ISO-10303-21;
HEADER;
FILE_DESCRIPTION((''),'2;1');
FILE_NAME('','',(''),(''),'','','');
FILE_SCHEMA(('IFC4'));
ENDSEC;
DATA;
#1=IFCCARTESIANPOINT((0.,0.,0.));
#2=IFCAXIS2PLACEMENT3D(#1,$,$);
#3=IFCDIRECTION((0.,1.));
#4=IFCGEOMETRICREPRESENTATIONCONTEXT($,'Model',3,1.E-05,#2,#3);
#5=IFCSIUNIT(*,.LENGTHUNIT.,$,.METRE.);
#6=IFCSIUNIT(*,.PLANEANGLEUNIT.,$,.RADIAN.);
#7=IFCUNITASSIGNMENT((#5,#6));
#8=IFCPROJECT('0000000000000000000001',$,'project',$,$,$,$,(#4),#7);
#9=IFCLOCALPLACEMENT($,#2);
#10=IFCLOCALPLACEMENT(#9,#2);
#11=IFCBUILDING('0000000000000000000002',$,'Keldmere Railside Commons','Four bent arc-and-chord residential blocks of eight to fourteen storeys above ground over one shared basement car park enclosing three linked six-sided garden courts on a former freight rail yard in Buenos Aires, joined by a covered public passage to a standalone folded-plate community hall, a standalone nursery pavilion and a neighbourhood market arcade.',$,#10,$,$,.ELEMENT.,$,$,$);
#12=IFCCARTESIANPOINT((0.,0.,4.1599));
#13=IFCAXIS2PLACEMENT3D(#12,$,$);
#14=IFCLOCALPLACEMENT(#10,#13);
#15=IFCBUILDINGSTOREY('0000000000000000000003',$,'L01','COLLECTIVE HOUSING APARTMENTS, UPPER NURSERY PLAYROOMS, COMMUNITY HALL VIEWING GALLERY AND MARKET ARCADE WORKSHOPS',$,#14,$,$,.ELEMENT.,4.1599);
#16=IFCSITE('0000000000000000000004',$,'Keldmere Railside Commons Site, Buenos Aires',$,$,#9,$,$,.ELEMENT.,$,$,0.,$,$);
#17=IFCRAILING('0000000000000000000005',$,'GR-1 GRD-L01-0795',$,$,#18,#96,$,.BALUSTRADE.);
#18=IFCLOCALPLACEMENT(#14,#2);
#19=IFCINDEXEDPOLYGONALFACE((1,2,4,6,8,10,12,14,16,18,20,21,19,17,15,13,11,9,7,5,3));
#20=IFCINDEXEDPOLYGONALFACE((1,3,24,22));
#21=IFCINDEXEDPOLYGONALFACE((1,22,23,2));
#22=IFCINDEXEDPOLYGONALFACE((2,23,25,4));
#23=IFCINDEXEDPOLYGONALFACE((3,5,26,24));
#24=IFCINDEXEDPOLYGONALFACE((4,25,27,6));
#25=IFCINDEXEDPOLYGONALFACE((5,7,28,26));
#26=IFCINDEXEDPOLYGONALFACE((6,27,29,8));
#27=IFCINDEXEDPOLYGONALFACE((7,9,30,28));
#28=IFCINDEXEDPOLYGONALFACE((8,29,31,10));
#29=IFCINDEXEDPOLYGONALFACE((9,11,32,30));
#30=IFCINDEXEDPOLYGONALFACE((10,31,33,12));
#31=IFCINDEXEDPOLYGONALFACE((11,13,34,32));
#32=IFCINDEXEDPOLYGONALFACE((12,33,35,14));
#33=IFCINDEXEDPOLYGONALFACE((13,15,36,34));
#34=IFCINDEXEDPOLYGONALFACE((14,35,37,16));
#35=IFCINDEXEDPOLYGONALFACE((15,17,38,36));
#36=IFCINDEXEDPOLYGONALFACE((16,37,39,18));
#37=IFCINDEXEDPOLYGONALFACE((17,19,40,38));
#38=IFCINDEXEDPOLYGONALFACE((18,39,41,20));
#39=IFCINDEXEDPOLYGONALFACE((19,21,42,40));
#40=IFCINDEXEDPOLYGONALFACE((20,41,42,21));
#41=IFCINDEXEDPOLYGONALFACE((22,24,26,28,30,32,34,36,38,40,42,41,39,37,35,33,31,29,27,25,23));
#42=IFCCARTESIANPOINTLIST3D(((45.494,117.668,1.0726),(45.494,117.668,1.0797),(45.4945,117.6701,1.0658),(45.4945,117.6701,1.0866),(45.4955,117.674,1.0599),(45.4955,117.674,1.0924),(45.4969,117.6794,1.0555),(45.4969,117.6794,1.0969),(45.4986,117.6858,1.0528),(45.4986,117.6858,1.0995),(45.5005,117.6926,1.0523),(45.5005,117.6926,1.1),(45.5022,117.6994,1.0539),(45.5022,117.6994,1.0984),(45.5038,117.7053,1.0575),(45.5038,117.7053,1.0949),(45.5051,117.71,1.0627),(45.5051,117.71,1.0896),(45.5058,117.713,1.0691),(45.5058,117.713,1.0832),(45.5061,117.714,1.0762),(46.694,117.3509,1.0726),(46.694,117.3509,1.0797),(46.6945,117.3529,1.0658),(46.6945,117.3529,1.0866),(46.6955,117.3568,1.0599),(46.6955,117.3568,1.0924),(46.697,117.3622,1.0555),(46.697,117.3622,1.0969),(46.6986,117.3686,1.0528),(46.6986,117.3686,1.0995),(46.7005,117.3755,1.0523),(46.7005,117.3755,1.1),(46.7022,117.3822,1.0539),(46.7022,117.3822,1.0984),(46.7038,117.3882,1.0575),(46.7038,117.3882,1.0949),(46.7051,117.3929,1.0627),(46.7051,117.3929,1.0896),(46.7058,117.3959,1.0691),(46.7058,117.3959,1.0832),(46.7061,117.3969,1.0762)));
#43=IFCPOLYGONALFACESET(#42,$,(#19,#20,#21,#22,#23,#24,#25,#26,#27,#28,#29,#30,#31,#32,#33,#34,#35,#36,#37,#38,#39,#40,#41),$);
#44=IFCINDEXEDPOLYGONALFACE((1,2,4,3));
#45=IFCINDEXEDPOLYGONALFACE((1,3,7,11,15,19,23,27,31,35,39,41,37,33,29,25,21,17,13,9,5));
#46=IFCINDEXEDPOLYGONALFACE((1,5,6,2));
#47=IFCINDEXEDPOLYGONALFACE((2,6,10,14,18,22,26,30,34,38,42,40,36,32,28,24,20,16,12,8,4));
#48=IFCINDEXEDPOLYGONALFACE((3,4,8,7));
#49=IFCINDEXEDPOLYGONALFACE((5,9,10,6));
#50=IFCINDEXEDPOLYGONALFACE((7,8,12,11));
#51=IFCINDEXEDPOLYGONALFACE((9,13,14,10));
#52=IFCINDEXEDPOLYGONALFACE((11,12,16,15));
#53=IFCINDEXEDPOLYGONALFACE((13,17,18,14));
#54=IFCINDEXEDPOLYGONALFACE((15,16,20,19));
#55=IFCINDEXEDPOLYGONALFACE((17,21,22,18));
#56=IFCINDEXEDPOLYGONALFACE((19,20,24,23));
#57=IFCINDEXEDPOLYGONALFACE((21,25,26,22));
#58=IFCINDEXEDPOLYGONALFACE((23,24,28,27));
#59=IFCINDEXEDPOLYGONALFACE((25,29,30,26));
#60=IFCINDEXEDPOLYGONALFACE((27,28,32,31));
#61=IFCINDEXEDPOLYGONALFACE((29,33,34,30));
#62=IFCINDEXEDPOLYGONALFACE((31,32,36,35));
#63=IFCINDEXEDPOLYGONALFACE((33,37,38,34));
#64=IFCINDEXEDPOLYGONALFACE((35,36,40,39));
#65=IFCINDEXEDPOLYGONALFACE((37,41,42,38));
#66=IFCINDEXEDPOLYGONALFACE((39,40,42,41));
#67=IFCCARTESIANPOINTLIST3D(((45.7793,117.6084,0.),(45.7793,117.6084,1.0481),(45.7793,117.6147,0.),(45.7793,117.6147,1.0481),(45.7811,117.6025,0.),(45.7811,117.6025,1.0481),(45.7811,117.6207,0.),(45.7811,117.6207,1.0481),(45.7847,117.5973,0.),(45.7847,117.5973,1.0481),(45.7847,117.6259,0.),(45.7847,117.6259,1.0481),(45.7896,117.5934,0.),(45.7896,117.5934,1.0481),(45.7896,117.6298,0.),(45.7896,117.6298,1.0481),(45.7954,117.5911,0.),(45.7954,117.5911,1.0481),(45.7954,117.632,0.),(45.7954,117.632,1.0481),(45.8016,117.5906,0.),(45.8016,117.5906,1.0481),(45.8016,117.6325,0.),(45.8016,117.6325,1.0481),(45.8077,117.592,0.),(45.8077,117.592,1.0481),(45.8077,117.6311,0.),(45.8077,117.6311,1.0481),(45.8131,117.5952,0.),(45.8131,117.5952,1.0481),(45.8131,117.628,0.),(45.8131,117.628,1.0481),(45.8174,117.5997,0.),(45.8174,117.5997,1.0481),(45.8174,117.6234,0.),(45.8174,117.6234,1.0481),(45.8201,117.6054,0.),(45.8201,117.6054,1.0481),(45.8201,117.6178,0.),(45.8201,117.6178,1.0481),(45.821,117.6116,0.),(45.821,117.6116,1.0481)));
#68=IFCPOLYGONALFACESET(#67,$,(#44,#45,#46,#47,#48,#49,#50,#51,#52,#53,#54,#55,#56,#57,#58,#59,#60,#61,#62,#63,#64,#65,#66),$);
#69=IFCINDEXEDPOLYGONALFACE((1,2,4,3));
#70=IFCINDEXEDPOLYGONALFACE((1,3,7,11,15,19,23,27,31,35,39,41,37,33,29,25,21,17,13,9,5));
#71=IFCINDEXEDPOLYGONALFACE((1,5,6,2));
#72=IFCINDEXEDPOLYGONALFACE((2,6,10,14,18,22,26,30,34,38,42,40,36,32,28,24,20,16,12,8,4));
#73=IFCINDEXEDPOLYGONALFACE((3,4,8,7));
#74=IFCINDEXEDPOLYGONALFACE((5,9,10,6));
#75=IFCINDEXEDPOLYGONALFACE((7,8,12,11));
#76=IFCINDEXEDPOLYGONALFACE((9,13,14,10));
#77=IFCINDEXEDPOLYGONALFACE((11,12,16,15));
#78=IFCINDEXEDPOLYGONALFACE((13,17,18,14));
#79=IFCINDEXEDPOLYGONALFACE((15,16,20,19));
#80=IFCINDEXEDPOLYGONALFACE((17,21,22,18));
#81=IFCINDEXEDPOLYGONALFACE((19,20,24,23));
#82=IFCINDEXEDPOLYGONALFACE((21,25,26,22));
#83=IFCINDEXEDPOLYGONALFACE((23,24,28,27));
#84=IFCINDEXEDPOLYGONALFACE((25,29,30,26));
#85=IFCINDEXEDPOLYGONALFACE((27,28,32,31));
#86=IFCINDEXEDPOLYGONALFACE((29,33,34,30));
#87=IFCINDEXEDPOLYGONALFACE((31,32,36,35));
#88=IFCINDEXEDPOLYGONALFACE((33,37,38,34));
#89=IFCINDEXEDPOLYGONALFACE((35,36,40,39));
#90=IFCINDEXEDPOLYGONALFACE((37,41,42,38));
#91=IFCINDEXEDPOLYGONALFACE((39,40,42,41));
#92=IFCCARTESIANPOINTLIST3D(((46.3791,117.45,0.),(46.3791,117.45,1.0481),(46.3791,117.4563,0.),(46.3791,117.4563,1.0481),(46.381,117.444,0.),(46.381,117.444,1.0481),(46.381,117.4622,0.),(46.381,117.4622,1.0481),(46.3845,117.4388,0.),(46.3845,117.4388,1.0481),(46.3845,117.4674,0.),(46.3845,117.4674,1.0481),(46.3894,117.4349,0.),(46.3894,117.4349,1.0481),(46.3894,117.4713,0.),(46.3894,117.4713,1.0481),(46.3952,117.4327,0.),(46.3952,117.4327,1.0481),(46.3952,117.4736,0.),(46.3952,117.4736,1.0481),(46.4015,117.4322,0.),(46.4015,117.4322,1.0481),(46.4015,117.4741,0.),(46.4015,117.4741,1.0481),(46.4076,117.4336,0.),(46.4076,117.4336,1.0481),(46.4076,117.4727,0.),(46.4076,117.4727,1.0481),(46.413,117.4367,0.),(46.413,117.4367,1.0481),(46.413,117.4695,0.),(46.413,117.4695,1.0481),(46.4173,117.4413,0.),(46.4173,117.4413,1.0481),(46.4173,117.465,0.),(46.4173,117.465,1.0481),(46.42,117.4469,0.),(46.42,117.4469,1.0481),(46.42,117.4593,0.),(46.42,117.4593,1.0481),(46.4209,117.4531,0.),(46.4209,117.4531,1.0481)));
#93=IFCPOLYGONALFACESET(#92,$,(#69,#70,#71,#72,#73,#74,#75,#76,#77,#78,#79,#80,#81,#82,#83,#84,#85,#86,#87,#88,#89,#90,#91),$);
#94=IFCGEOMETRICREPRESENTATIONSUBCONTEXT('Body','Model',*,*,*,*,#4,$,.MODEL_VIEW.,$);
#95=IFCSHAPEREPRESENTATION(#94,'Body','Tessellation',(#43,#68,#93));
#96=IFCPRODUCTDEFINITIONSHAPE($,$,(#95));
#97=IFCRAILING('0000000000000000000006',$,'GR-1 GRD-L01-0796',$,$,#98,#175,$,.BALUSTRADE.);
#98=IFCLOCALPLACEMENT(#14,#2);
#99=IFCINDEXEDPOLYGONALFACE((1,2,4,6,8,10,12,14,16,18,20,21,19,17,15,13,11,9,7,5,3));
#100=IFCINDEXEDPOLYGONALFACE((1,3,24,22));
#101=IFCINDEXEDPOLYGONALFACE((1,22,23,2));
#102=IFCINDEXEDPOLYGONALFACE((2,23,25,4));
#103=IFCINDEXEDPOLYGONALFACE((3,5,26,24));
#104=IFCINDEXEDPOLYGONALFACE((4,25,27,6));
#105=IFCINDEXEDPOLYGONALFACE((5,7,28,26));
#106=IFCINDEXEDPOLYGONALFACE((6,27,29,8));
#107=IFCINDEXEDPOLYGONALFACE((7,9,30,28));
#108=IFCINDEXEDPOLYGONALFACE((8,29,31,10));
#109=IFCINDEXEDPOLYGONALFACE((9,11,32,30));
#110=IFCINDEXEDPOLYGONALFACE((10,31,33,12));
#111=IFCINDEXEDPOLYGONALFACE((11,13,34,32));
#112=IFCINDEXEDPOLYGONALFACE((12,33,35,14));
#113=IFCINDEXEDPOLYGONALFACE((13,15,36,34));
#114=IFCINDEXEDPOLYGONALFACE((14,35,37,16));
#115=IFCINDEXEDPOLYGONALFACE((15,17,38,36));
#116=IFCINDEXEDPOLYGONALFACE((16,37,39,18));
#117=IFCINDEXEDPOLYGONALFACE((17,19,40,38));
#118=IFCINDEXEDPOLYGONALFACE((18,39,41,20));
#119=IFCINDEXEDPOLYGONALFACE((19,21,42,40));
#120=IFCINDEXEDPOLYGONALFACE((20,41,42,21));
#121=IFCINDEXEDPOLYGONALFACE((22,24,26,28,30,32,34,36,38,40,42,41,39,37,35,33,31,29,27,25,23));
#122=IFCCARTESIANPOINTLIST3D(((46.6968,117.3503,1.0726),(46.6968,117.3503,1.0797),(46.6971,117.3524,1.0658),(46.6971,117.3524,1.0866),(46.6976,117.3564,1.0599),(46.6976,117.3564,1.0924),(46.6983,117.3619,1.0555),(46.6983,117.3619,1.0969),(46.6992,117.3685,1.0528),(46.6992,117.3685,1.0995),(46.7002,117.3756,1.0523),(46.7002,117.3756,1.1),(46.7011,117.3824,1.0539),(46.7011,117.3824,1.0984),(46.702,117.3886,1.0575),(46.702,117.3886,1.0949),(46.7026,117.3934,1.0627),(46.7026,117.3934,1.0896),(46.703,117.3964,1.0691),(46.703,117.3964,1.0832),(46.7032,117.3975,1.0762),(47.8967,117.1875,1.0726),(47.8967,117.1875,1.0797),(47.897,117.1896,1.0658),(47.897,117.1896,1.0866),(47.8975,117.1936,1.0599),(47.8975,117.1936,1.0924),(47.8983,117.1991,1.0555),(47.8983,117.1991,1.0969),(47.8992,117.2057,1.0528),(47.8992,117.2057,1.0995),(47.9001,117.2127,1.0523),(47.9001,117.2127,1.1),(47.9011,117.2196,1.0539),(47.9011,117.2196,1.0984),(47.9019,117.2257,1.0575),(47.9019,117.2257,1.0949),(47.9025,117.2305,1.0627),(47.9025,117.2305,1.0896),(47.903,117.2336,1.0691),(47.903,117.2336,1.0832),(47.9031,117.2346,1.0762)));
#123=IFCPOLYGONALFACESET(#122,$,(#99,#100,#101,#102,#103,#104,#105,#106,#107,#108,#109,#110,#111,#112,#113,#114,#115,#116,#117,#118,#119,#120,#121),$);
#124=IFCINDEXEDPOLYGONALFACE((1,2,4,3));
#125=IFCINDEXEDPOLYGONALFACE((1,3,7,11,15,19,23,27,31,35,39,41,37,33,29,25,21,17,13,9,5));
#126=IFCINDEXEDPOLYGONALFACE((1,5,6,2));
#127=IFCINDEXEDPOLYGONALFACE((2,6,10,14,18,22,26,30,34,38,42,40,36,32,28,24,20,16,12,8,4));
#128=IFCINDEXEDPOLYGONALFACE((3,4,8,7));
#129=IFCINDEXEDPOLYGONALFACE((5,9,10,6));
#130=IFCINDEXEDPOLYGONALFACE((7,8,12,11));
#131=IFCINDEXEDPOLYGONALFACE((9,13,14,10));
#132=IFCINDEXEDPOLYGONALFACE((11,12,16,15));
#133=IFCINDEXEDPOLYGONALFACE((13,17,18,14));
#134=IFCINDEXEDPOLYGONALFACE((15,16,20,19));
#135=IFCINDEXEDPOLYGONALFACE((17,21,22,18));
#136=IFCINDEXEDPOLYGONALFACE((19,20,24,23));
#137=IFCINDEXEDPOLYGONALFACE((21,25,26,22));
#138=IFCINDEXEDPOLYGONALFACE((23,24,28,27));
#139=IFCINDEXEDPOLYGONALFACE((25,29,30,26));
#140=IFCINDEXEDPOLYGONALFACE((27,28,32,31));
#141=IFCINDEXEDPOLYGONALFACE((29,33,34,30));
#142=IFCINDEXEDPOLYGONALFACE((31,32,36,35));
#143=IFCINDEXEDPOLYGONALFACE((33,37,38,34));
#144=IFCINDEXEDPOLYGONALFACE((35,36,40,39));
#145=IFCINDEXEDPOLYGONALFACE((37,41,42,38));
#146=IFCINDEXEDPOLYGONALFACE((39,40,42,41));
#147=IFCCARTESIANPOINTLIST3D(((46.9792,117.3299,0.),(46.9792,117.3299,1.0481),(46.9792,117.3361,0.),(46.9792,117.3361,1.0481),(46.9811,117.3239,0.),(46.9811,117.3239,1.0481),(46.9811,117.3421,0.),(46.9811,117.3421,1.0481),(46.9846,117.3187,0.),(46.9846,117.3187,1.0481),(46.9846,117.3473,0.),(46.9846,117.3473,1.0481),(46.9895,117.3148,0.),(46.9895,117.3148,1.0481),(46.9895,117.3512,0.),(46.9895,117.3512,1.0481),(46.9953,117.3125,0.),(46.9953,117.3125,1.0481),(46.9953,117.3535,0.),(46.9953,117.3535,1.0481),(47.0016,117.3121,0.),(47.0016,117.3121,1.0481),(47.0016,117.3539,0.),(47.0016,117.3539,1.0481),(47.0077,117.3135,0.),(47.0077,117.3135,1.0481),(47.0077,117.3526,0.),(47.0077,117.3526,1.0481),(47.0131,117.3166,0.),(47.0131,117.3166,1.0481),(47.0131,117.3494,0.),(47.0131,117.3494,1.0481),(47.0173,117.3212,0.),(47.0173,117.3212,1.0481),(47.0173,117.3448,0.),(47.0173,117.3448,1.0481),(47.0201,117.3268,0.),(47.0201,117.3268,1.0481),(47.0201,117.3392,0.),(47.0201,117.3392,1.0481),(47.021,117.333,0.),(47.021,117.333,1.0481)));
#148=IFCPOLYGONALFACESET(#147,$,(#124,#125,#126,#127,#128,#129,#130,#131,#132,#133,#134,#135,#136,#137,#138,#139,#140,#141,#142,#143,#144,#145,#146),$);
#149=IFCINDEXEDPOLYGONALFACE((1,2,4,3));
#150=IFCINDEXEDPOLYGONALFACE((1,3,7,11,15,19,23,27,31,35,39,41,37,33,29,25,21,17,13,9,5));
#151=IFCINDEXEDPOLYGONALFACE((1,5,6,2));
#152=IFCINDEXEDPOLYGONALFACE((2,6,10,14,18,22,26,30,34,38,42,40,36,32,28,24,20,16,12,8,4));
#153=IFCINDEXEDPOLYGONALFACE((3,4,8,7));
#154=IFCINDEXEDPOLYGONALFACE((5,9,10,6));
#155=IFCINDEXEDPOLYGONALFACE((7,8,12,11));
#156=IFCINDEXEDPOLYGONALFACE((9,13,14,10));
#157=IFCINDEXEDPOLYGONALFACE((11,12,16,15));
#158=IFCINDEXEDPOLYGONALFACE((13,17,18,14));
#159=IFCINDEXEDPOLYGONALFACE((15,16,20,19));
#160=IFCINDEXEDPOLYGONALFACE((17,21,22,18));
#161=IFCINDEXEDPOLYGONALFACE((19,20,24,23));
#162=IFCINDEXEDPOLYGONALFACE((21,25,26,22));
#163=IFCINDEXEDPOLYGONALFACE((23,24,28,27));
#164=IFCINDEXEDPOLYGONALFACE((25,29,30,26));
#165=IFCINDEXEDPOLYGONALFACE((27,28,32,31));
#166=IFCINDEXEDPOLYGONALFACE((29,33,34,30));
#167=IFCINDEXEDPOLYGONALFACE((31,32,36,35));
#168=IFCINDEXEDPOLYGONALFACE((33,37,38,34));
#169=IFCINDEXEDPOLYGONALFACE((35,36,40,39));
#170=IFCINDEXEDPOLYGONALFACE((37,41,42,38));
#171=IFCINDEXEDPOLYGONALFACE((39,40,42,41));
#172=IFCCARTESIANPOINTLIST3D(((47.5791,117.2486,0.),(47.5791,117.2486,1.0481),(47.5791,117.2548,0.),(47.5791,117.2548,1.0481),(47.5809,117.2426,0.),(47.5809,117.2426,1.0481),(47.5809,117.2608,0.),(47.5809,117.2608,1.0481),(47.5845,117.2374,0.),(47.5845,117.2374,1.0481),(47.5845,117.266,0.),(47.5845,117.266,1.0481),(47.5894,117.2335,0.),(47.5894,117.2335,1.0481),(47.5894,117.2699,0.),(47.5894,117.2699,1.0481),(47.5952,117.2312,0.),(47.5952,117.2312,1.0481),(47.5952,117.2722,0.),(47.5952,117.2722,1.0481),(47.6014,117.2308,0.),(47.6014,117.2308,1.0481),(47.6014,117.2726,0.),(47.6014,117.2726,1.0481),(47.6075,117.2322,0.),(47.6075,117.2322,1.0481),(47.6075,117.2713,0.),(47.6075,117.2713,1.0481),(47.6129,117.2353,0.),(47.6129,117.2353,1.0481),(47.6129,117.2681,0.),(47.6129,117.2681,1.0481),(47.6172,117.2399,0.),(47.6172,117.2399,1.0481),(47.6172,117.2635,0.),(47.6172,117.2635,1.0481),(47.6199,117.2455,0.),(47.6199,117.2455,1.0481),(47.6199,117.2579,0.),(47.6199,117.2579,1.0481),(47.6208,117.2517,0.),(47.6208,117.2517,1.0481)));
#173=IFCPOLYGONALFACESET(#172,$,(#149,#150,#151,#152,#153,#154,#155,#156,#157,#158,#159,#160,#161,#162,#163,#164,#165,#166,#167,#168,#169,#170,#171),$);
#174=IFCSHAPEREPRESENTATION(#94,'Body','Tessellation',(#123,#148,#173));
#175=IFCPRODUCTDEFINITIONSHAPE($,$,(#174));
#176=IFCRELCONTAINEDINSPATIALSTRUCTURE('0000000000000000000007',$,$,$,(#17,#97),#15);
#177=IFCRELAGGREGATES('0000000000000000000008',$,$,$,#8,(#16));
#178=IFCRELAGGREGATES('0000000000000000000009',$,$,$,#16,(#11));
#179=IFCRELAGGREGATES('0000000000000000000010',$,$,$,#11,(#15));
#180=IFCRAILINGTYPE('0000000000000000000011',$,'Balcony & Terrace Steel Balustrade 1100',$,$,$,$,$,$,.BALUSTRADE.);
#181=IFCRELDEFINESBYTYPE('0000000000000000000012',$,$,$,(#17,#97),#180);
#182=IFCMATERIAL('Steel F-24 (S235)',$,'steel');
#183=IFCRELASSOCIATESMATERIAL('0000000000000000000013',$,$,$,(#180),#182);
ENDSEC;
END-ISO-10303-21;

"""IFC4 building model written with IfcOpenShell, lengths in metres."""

from ifc_helpers import new_model, si_unit, direction, frame, origin, origin_2d, place, context, subcontext, project, spatial, circle, extrude, material, type_object, element, save


model = new_model("IFC4")

# Units and contexts
model_context = context("Model", 3, precision=1e-05, world=origin(), true_north=direction((0.0, 1.0)))
body_context = subcontext(model_context, "Body", "Model", "MODEL_VIEW")
ifc_project = project(units=[si_unit("LENGTHUNIT", "METRE"), si_unit("PLANEANGLEUNIT", "RADIAN")], contexts=[model_context])

# Site, building, storey
site_placement = place(None, origin())
site = spatial("IfcSite", under=ifc_project, at=site_placement, Name="Keldmere Railside Commons Site, Buenos Aires", CompositionType="ELEMENT", RefElevation=0.0)
building_placement = place(site_placement, origin())
building = spatial("IfcBuilding", under=site, at=building_placement, Name="Keldmere Railside Commons", Description="Four bent arc-and-chord residential blocks of eight to fourteen storeys above ground over one shared basement car park enclosing three linked six-sided garden courts on a former freight rail yard in Buenos Aires, joined by a covered public passage to a standalone folded-plate community hall, a standalone nursery pavilion and a neighbourhood market arcade.", CompositionType="ELEMENT")
storey_placement = place(building_placement, frame((0.0, 0.0, 4.1599)))
storey = spatial("IfcBuildingStorey", under=building, at=storey_placement, Name="L01", Description="COLLECTIVE HOUSING APARTMENTS, UPPER NURSERY PLAYROOMS, COMMUNITY HALL VIEWING GALLERY AND MARKET ARCADE WORKSHOPS", CompositionType="ELEMENT", Elevation=4.1599)

# Railings
ifc_material_1 = material(Name="Steel F-24 (S235)", Category="steel")
railing_type = type_object("IfcRailingType", Name="Balcony & Terrace Steel Balustrade 1100", PredefinedType="BALUSTRADE", material=ifc_material_1)
railing_1_placement = place(storey_placement, frame((45.5, 117.6909, 0.0)))
element("IfcRailing", 1, at=railing_1_placement, inside=storey, type_object=railing_type, Name="GR-1 GRD-L01-0795", PredefinedType="BALUSTRADE", context=body_context, shape_type="SweptSolid", body=[
    extrude(circle(Radius=0.0239, at=origin_2d()), frame((0.0, 0.0, 1.0762), z_axis=(0.966804, -0.255519, 0.0), x_axis=(0.255519, 0.966804, 0.0)), (0.0, 0.0, 1.0), 1.2412),
    extrude(circle(Radius=0.021, at=origin_2d()), frame((0.3, -0.0793, 0.0)), (0.0, 0.0, 1.0), 1.0481),
    extrude(circle(Radius=0.021, at=origin_2d()), frame((0.8999, -0.2378, 0.0)), (0.0, 0.0, 1.0), 1.0481),
])
railing_2_placement = place(storey_placement, frame((46.7, 117.3738, 0.0)))
element("IfcRailing", 2, at=railing_2_placement, inside=storey, type_object=railing_type, Name="GR-1 GRD-L01-0796", PredefinedType="BALUSTRADE", context=body_context, shape_type="SweptSolid", body=[
    extrude(circle(Radius=0.0239, at=origin_2d()), frame((0.0, 0.0, 1.0762), z_axis=(0.990917, -0.134474, 0.0), x_axis=(0.134474, 0.990917, 0.0)), (0.0, 0.0, 1.0), 1.2109),
    extrude(circle(Radius=0.021, at=origin_2d()), frame((0.3, -0.0408, 0.0)), (0.0, 0.0, 1.0), 1.0481),
    extrude(circle(Radius=0.021, at=origin_2d()), frame((0.8999, -0.1221, 0.0)), (0.0, 0.0, 1.0), 1.0481),
])

save(model, "model.ifc")
